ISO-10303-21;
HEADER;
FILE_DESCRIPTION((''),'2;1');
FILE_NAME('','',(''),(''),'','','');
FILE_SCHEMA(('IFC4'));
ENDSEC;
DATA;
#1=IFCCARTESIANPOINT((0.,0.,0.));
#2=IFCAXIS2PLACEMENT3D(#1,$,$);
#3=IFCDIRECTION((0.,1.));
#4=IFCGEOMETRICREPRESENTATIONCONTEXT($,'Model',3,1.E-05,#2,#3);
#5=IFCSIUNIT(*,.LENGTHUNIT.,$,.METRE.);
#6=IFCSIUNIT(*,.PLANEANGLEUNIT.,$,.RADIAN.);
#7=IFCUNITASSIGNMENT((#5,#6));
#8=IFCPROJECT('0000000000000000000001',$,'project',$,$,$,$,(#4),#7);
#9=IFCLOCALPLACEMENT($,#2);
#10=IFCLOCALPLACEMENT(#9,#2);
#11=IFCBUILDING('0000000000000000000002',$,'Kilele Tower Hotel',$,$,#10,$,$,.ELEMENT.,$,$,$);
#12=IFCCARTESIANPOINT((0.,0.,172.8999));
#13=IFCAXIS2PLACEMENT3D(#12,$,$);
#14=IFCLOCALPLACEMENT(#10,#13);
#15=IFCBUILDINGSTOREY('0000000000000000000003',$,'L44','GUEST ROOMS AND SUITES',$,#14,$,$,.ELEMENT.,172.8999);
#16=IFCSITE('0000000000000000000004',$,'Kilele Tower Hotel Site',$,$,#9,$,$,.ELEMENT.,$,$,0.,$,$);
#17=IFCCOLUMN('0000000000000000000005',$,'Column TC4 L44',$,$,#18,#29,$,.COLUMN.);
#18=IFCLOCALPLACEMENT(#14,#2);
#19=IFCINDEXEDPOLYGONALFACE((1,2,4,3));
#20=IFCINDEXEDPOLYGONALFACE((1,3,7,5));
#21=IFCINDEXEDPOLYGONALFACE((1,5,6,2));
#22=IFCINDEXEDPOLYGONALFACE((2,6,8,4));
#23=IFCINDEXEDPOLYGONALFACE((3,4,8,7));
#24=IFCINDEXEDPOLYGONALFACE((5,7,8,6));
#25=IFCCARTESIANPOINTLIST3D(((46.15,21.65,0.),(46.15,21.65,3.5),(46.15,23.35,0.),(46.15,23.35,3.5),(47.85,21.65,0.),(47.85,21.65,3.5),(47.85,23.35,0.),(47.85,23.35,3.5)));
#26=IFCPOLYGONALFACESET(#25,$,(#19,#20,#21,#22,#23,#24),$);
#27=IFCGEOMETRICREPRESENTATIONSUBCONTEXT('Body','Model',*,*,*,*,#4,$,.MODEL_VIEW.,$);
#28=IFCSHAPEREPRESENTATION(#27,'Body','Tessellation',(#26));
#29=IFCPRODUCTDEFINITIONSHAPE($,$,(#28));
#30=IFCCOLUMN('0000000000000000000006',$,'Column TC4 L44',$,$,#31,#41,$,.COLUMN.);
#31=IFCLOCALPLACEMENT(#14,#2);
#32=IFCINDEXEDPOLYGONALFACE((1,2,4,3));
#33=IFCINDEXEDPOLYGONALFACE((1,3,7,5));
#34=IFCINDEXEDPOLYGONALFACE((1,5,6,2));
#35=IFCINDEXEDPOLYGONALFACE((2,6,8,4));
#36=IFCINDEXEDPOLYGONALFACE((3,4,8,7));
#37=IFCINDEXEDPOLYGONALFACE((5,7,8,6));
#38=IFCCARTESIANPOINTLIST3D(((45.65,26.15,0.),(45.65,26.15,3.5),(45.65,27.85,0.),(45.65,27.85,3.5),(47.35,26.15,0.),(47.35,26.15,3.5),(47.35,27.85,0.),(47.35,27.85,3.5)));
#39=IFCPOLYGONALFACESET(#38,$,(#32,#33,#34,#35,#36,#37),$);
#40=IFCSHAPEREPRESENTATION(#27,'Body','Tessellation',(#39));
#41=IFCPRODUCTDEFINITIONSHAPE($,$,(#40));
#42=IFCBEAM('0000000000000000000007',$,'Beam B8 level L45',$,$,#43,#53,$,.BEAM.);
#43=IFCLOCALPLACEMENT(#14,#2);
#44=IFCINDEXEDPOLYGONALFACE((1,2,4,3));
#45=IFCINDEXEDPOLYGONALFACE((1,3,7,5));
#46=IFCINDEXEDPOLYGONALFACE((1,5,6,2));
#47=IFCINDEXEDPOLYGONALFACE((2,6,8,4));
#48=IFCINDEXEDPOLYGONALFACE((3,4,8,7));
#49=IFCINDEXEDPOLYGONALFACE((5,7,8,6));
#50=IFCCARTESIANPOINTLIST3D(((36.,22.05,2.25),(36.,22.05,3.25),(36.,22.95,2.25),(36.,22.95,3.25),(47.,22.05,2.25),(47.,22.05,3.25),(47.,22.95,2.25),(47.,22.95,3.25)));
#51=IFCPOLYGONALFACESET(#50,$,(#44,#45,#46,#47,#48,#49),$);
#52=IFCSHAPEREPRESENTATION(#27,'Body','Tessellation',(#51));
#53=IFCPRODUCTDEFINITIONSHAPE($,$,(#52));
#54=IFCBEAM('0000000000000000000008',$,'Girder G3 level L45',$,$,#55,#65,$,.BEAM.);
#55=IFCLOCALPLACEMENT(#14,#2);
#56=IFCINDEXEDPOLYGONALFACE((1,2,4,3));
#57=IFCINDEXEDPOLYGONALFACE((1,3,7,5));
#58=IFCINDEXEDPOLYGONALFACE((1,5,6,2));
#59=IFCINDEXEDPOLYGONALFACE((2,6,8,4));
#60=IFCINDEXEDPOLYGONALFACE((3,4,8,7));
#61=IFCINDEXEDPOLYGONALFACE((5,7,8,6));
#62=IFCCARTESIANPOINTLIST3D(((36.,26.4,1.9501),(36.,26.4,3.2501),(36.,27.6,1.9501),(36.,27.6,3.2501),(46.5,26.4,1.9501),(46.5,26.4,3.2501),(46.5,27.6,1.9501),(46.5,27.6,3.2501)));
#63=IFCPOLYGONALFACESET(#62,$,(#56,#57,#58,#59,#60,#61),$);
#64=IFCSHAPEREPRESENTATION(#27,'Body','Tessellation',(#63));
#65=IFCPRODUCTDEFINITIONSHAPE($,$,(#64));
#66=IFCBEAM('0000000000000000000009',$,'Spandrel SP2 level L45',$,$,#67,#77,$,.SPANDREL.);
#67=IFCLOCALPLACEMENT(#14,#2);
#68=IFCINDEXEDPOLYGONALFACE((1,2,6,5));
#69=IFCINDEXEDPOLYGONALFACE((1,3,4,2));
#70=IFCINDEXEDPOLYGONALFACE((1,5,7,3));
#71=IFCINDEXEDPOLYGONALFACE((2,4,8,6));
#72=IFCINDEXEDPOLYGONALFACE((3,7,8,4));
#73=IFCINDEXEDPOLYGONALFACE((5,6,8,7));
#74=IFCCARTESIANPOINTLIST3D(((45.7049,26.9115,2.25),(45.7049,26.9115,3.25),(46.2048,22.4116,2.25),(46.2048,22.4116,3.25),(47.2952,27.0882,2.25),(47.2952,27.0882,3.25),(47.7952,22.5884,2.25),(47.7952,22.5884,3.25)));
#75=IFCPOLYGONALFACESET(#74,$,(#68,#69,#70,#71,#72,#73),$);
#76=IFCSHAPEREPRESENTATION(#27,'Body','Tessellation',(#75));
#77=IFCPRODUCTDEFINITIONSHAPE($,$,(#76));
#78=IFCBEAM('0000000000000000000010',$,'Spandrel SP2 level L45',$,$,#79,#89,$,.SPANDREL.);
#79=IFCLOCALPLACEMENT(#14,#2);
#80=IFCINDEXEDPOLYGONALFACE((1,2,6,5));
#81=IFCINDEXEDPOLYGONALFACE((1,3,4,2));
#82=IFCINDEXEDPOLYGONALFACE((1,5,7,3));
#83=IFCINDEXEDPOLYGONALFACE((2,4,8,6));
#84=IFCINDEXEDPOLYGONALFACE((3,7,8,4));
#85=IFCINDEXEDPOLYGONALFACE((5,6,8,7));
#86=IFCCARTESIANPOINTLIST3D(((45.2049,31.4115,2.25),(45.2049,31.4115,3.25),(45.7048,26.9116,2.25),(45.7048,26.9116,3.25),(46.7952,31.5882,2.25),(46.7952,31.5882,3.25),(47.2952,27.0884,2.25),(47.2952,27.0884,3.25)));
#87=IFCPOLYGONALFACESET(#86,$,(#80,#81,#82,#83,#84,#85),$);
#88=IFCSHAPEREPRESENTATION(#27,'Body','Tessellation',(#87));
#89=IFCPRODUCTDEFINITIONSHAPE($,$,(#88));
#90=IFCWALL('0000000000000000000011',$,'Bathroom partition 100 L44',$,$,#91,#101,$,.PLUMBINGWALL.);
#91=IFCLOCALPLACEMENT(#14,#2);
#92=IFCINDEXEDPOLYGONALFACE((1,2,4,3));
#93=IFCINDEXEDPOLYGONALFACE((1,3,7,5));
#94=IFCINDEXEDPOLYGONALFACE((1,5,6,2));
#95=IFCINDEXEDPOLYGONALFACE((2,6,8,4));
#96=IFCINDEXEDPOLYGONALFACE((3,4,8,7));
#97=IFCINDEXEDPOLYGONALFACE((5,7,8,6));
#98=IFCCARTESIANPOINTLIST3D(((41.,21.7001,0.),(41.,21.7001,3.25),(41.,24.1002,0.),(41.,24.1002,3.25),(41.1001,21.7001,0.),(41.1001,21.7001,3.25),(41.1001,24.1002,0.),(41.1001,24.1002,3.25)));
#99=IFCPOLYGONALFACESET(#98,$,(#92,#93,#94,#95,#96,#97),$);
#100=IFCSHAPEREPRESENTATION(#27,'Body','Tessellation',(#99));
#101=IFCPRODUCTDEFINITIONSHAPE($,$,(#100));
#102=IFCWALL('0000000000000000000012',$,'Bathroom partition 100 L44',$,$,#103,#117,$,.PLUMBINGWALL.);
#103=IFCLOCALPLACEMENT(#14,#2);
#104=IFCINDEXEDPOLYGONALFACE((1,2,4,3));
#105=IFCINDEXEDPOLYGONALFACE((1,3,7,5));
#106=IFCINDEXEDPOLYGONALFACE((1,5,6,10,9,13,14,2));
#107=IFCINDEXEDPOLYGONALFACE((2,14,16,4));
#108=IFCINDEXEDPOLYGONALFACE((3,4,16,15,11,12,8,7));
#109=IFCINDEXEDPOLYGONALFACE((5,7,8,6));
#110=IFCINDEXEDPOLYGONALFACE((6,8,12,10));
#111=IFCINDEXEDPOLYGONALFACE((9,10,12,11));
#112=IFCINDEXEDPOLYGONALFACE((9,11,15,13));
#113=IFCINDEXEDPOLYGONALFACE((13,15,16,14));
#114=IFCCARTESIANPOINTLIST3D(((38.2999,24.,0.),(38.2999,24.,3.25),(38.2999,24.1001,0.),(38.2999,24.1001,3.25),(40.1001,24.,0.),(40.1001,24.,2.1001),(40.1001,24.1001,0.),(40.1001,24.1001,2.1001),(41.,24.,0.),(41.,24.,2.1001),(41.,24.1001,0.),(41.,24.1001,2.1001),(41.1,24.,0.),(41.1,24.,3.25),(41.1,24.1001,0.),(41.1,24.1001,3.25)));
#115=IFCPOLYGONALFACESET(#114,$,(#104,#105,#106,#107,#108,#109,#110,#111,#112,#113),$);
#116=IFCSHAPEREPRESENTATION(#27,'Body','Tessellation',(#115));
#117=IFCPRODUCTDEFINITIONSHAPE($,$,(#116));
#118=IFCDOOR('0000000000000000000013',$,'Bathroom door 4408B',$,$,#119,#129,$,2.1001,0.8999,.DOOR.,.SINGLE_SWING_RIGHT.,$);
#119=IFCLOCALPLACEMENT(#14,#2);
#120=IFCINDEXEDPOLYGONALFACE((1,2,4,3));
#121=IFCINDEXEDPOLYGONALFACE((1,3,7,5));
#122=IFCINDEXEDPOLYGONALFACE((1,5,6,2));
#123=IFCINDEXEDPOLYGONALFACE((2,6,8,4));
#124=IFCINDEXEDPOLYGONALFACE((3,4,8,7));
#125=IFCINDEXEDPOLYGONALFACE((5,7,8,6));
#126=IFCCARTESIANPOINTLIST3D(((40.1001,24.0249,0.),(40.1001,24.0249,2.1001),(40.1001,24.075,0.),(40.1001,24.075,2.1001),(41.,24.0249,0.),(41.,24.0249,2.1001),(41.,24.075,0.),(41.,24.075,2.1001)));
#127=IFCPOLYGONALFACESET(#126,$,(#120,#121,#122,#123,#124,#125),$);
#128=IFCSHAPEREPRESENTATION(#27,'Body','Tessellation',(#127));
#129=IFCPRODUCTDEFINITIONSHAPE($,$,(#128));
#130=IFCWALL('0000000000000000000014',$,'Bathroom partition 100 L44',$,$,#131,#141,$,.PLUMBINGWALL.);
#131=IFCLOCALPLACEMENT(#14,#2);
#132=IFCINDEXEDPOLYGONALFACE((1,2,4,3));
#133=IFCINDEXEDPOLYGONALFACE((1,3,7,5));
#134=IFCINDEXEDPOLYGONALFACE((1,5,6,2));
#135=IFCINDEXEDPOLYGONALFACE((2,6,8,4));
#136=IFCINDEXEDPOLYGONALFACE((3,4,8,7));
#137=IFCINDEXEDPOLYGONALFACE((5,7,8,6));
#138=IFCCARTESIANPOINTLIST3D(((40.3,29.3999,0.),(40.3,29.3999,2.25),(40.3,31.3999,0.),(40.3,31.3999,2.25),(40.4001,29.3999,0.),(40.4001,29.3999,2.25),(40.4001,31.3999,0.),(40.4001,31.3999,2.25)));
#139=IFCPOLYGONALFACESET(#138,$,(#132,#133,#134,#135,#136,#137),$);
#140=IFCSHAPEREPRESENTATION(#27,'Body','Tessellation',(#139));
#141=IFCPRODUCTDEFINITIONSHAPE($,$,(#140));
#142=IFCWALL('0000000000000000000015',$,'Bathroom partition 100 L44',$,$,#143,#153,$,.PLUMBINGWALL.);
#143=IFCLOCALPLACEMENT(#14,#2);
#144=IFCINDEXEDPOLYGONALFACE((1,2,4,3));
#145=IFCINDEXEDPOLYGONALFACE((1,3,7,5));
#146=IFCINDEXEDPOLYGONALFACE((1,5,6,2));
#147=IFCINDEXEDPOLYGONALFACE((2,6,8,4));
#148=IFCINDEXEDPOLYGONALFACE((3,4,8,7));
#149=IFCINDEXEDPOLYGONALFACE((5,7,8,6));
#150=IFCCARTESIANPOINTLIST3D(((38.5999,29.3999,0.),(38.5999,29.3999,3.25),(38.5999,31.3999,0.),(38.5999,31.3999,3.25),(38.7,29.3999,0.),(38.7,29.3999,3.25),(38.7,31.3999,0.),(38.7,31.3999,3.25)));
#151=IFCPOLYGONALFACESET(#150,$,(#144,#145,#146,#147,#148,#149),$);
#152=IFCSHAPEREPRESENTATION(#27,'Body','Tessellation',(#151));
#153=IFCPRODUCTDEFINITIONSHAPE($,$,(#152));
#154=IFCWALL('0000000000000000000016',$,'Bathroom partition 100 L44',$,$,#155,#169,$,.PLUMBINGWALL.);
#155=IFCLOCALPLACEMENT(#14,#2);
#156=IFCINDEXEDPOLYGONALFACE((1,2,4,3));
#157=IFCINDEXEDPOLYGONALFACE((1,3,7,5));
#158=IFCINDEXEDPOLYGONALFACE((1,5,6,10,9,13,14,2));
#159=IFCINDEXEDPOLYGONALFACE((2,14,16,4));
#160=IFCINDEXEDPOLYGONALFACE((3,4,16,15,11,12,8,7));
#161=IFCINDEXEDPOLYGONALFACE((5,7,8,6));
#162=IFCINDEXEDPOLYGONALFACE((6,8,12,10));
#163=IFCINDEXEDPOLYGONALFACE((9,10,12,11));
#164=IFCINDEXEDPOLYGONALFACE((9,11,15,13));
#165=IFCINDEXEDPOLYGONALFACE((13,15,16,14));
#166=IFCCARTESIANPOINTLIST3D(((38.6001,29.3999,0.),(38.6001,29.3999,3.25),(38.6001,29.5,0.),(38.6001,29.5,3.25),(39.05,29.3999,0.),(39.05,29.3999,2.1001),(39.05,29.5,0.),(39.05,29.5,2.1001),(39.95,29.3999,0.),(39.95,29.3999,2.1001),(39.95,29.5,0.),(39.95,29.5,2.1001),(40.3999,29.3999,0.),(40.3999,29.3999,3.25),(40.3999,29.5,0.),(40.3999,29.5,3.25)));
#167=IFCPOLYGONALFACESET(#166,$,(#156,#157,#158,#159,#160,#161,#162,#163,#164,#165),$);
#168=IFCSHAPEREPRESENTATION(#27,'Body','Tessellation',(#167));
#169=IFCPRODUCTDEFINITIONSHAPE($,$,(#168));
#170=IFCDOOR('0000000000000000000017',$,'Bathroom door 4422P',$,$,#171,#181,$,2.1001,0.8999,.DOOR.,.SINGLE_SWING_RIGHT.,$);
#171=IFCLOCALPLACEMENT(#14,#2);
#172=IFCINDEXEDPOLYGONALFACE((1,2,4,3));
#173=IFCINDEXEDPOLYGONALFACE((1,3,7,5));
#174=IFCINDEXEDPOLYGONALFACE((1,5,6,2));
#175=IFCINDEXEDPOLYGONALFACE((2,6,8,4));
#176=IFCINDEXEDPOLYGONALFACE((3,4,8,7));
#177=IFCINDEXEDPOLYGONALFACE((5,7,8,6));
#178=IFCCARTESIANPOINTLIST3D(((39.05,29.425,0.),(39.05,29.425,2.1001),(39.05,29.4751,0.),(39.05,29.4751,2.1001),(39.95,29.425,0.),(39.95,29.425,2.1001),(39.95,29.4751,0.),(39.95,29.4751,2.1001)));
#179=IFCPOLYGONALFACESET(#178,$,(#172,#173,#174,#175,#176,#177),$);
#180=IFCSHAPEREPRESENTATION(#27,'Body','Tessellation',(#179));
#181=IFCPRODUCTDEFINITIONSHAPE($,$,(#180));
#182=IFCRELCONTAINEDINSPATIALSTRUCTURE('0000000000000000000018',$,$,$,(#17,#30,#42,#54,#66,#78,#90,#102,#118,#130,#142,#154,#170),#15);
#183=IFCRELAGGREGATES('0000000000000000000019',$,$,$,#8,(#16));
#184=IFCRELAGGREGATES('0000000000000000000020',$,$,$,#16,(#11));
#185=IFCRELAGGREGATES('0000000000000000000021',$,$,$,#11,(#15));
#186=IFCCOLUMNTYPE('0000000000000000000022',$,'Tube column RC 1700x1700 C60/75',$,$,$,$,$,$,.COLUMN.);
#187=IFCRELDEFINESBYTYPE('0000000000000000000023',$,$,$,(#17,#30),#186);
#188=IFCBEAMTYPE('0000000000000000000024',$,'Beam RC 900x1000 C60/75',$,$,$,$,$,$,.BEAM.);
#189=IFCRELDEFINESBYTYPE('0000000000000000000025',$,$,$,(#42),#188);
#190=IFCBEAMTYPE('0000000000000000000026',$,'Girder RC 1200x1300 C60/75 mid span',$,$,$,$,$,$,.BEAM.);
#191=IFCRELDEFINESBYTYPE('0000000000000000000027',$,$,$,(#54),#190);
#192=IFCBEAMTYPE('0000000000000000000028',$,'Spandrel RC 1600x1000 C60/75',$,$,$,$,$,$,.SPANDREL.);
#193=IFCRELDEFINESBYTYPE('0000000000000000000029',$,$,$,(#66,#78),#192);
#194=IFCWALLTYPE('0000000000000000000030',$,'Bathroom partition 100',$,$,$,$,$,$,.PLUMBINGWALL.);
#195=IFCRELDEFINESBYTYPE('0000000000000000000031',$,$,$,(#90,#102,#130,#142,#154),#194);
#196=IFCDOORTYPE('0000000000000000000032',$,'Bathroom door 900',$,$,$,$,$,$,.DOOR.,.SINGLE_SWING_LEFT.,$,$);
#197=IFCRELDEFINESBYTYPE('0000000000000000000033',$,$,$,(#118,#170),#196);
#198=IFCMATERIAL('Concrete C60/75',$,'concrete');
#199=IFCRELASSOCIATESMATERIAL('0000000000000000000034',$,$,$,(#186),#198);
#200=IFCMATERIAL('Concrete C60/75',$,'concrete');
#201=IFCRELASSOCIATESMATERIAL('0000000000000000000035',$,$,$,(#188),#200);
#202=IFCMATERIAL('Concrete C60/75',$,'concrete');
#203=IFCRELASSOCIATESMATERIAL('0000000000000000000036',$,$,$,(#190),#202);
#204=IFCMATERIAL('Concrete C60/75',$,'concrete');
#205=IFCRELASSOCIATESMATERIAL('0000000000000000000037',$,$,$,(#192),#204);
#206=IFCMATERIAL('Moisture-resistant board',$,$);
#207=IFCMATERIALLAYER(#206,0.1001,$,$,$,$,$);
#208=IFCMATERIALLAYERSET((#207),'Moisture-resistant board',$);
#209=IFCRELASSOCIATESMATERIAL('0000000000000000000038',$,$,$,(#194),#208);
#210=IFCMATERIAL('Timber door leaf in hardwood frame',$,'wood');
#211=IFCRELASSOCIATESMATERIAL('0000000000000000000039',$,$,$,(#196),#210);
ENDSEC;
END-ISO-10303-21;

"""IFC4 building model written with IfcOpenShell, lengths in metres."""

from ifc_helpers import new_model, si_unit, direction, frame, frame_2d, origin, origin_2d, place, context, subcontext, project, spatial, rectangle, extrude, material, layer, layer_set, material_profile, profile_set, type_object, element, fill, save


model = new_model("IFC4")

# Units and contexts
model_context = context("Model", 3, precision=1e-05, world=origin(), true_north=direction((0.0, 1.0)))
body_context = subcontext(model_context, "Body", "Model", "MODEL_VIEW")
ifc_project = project(units=[si_unit("LENGTHUNIT", "METRE"), si_unit("PLANEANGLEUNIT", "RADIAN")], contexts=[model_context])

# Site, building, storey
site_placement = place(None, origin())
site = spatial("IfcSite", under=ifc_project, at=site_placement, Name="Kilele Tower Hotel Site", CompositionType="ELEMENT", RefElevation=0.0)
building_placement = place(site_placement, origin())
building = spatial("IfcBuilding", under=site, at=building_placement, Name="Kilele Tower Hotel", CompositionType="ELEMENT")
storey_placement = place(building_placement, frame((0.0, 0.0, 172.8999)))
storey = spatial("IfcBuildingStorey", under=building, at=storey_placement, Name="L44", Description="GUEST ROOMS AND SUITES", CompositionType="ELEMENT", Elevation=172.8999)

# Columns
ifc_material_1 = material(Name="Concrete C60/75", Category="concrete")
ifc_material_profile_1 = material_profile(ifc_material_1, rectangle(XDim=1.7, YDim=1.7, at=origin_2d()))
ifc_profile_set_1 = profile_set([ifc_material_profile_1], Name="Concrete C60/75")
column_type = type_object("IfcColumnType", Name="Tube column RC 1700x1700 C60/75", PredefinedType="COLUMN", material=ifc_profile_set_1)
for number, where, z_axis, x_axis, name in (
    (1, (47.0, 22.5, 0.0), (0.0, 0.0, 1.0), (1.0, 0.0, 0.0), "Column TC4 L44"),
    (2, (46.5, 27.0, 0.0), (0.0, 0.0, 1.0), (1.0, 0.0, 0.0), "Column TC4 L44"),
):
    element("IfcColumn", number, at=place(storey_placement, frame(where, z_axis=z_axis, x_axis=x_axis)), inside=storey, type_object=column_type, Name=name, PredefinedType="COLUMN", context=body_context, shape_type="SweptSolid", body=[
        extrude(rectangle(XDim=1.7, YDim=1.7, at=origin_2d()), origin(), (0.0, 0.0, 1.0), 3.5),
    ])

# Beams
ifc_material_2 = material(Name="Concrete C60/75", Category="concrete")
ifc_material_profile_2 = material_profile(ifc_material_2, rectangle(XDim=0.8999, YDim=1.0, at=origin_2d()))
ifc_profile_set_2 = profile_set([ifc_material_profile_2], Name="Concrete C60/75")
beam_type_1 = type_object("IfcBeamType", Name="Beam RC 900x1000 C60/75", PredefinedType="BEAM", material=ifc_profile_set_2)
beam_1_placement = place(storey_placement, frame((47.0, 22.5, 2.75), z_axis=(-1.0, 0.0, 0.0), x_axis=(0.0, -1.0, 0.0)))
element("IfcBeam", 3, at=beam_1_placement, inside=storey, type_object=beam_type_1, Name="Beam B8 level L45", PredefinedType="BEAM", context=body_context, shape_type="SweptSolid", body=[
    extrude(rectangle(XDim=0.8999, YDim=1.0, at=origin_2d()), origin(), (0.0, 0.0, 1.0), 11.0),
])
ifc_material_3 = material(Name="Concrete C60/75", Category="concrete")
ifc_material_profile_3 = material_profile(ifc_material_3, rectangle(XDim=1.2, YDim=1.3, at=origin_2d()))
ifc_profile_set_3 = profile_set([ifc_material_profile_3], Name="Concrete C60/75")
beam_type_2 = type_object("IfcBeamType", Name="Girder RC 1200x1300 C60/75 mid span", PredefinedType="BEAM", material=ifc_profile_set_3)
beam_2_placement = place(storey_placement, frame((46.5, 27.0, 2.6001), z_axis=(-1.0, 0.0, 0.0), x_axis=(0.0, -1.0, 0.0)))
element("IfcBeam", 4, at=beam_2_placement, inside=storey, type_object=beam_type_2, Name="Girder G3 level L45", PredefinedType="BEAM", context=body_context, shape_type="SweptSolid", body=[
    extrude(rectangle(XDim=1.2, YDim=1.3, at=origin_2d()), origin(), (0.0, 0.0, 1.0), 10.5),
])
ifc_material_4 = material(Name="Concrete C60/75", Category="concrete")
ifc_material_profile_4 = material_profile(ifc_material_4, rectangle(XDim=1.6001, YDim=1.0, at=origin_2d()))
ifc_profile_set_4 = profile_set([ifc_material_profile_4], Name="Concrete C60/75")
beam_type_3 = type_object("IfcBeamType", Name="Spandrel RC 1600x1000 C60/75", PredefinedType="SPANDREL", material=ifc_profile_set_4)
for number, where, z_axis, x_axis, name in (
    (5, (47.0, 22.5, 2.75), (-0.110432, 0.993884, 0.0), (-0.993884, -0.110432, 0.0), "Spandrel SP2 level L45"),
    (6, (46.5, 27.0, 2.75), (-0.110432, 0.993884, 0.0), (-0.993884, -0.110432, 0.0), "Spandrel SP2 level L45"),
):
    element("IfcBeam", number, at=place(storey_placement, frame(where, z_axis=z_axis, x_axis=x_axis)), inside=storey, type_object=beam_type_3, Name=name, PredefinedType="SPANDREL", context=body_context, shape_type="SweptSolid", body=[
        extrude(rectangle(XDim=1.6001, YDim=1.0, at=origin_2d()), origin(), (0.0, 0.0, 1.0), 4.5276),
    ])

# Wall
ifc_material_5 = material(Name="Moisture-resistant board")
ifc_layer_1 = layer(ifc_material_5, 0.1001)
ifc_layer_set_1 = layer_set([ifc_layer_1], Name="Moisture-resistant board")
wall_type_1 = type_object("IfcWallType", Name="Bathroom partition 100", PredefinedType="PLUMBINGWALL", material=ifc_layer_set_1)
wall_1_placement = place(storey_placement, frame((41.05, 21.7, 0.0), z_axis=(0.0, 0.0, 1.0), x_axis=(0.0, 1.0, 0.0)))
element("IfcWall", 7, at=wall_1_placement, inside=storey, type_object=wall_type_1, Name="Bathroom partition 100 L44", PredefinedType="PLUMBINGWALL", context=body_context, shape_type="SweptSolid", body=[
    extrude(rectangle(XDim=2.4001, YDim=0.1001, at=frame_2d((1.2002, 0.0))), origin(), (0.0, 0.0, 1.0), 3.25),
])

# Wall, opening, door
wall_2_placement = place(storey_placement, frame((38.3, 24.05, 0.0), z_axis=(0.0, 0.0, 1.0), x_axis=(1.0, 0.0, 0.0)))
wall_2 = element("IfcWall", 8, at=wall_2_placement, inside=storey, type_object=wall_type_1, Name="Bathroom partition 100 L44", PredefinedType="PLUMBINGWALL", context=body_context, shape_type="SweptSolid", body=[
    extrude(rectangle(XDim=2.8, YDim=0.1001, at=frame_2d((1.3999, 0.0))), origin(), (0.0, 0.0, 1.0), 3.25),
])
opening_1_placement = place(wall_2_placement, frame((1.8, 0.0, 0.0)))
opening_1 = element("IfcOpeningElement", 9, at=opening_1_placement, cuts=wall_2, PredefinedType="OPENING", context=body_context, shape_type="SweptSolid", body=[
    extrude(rectangle(XDim=0.8999, YDim=2.1001, at=frame_2d((0.45, 1.05))), frame((0.0, 0.0601, 0.0), z_axis=(0.0, -1.0, 0.0), x_axis=(1.0, 0.0, 0.0)), (0.0, 0.0, 1.0), 0.1201),
])
ifc_material_6 = material(Name="Timber door leaf in hardwood frame", Category="wood")
door_type_1 = type_object("IfcDoorType", Name="Bathroom door 900", OperationType="SINGLE_SWING_LEFT", PredefinedType="DOOR", material=ifc_material_6)
door_1_placement = place(opening_1_placement, origin())
door_1 = element("IfcDoor", 10, at=door_1_placement, inside=storey, type_object=door_type_1, Name="Bathroom door 4408B", OperationType="SINGLE_SWING_RIGHT", OverallHeight=2.1001, OverallWidth=0.8999, PredefinedType="DOOR", context=body_context, shape_type="SweptSolid", body=[
    extrude(rectangle(XDim=0.8999, YDim=2.1001, at=frame_2d((0.45, 1.05))), frame((0.0, 0.0249, 0.0), z_axis=(0.0, -1.0, 0.0), x_axis=(1.0, 0.0, 0.0)), (0.0, 0.0, 1.0), 0.05),
])
fill(opening_1, door_1)

# Walls
wall_3_placement = place(storey_placement, frame((40.3501, 31.3999, 0.0), z_axis=(0.0, 0.0, 1.0), x_axis=(0.0, -1.0, 0.0)))
element("IfcWall", 11, at=wall_3_placement, inside=storey, type_object=wall_type_1, Name="Bathroom partition 100 L44", PredefinedType="PLUMBINGWALL", context=body_context, shape_type="SweptSolid", body=[
    extrude(rectangle(XDim=2.0, YDim=0.1001, at=frame_2d((1.0, 0.0))), origin(), (0.0, 0.0, 1.0), 2.25),
])
wall_4_placement = place(storey_placement, frame((38.6499, 31.3999, 0.0), z_axis=(0.0, 0.0, 1.0), x_axis=(0.0, -1.0, 0.0)))
element("IfcWall", 12, at=wall_4_placement, inside=storey, type_object=wall_type_1, Name="Bathroom partition 100 L44", PredefinedType="PLUMBINGWALL", context=body_context, shape_type="SweptSolid", body=[
    extrude(rectangle(XDim=2.0, YDim=0.1001, at=frame_2d((1.0, 0.0))), origin(), (0.0, 0.0, 1.0), 3.25),
])

# Wall, opening, door
wall_5_placement = place(storey_placement, frame((38.6001, 29.45, 0.0), z_axis=(0.0, 0.0, 1.0), x_axis=(1.0, 0.0, 0.0)))
wall_5 = element("IfcWall", 13, at=wall_5_placement, inside=storey, type_object=wall_type_1, Name="Bathroom partition 100 L44", PredefinedType="PLUMBINGWALL", context=body_context, shape_type="SweptSolid", body=[
    extrude(rectangle(XDim=1.7998, YDim=0.1001, at=frame_2d((0.8999, 0.0))), origin(), (0.0, 0.0, 1.0), 3.25),
])
opening_2_placement = place(wall_5_placement, frame((1.3499, 0.0, 0.0), z_axis=(0.0, 0.0, 1.0), x_axis=(-1.0, 0.0, 0.0)))
opening_2 = element("IfcOpeningElement", 14, at=opening_2_placement, cuts=wall_5, PredefinedType="OPENING", context=body_context, shape_type="SweptSolid", body=[
    extrude(rectangle(XDim=0.8999, YDim=2.1001, at=frame_2d((0.45, 1.05))), frame((0.0, 0.0601, 0.0), z_axis=(0.0, -1.0, 0.0), x_axis=(1.0, 0.0, 0.0)), (0.0, 0.0, 1.0), 0.1201),
])
door_2_placement = place(opening_2_placement, origin())
door_2 = element("IfcDoor", 15, at=door_2_placement, inside=storey, type_object=door_type_1, Name="Bathroom door 4422P", OperationType="SINGLE_SWING_RIGHT", OverallHeight=2.1001, OverallWidth=0.8999, PredefinedType="DOOR", context=body_context, shape_type="SweptSolid", body=[
    extrude(rectangle(XDim=0.8999, YDim=2.1001, at=frame_2d((0.45, 1.05))), frame((0.0, 0.0249, 0.0), z_axis=(0.0, -1.0, 0.0), x_axis=(1.0, 0.0, 0.0)), (0.0, 0.0, 1.0), 0.05),
])
fill(opening_2, door_2)

save(model, "model.ifc")
